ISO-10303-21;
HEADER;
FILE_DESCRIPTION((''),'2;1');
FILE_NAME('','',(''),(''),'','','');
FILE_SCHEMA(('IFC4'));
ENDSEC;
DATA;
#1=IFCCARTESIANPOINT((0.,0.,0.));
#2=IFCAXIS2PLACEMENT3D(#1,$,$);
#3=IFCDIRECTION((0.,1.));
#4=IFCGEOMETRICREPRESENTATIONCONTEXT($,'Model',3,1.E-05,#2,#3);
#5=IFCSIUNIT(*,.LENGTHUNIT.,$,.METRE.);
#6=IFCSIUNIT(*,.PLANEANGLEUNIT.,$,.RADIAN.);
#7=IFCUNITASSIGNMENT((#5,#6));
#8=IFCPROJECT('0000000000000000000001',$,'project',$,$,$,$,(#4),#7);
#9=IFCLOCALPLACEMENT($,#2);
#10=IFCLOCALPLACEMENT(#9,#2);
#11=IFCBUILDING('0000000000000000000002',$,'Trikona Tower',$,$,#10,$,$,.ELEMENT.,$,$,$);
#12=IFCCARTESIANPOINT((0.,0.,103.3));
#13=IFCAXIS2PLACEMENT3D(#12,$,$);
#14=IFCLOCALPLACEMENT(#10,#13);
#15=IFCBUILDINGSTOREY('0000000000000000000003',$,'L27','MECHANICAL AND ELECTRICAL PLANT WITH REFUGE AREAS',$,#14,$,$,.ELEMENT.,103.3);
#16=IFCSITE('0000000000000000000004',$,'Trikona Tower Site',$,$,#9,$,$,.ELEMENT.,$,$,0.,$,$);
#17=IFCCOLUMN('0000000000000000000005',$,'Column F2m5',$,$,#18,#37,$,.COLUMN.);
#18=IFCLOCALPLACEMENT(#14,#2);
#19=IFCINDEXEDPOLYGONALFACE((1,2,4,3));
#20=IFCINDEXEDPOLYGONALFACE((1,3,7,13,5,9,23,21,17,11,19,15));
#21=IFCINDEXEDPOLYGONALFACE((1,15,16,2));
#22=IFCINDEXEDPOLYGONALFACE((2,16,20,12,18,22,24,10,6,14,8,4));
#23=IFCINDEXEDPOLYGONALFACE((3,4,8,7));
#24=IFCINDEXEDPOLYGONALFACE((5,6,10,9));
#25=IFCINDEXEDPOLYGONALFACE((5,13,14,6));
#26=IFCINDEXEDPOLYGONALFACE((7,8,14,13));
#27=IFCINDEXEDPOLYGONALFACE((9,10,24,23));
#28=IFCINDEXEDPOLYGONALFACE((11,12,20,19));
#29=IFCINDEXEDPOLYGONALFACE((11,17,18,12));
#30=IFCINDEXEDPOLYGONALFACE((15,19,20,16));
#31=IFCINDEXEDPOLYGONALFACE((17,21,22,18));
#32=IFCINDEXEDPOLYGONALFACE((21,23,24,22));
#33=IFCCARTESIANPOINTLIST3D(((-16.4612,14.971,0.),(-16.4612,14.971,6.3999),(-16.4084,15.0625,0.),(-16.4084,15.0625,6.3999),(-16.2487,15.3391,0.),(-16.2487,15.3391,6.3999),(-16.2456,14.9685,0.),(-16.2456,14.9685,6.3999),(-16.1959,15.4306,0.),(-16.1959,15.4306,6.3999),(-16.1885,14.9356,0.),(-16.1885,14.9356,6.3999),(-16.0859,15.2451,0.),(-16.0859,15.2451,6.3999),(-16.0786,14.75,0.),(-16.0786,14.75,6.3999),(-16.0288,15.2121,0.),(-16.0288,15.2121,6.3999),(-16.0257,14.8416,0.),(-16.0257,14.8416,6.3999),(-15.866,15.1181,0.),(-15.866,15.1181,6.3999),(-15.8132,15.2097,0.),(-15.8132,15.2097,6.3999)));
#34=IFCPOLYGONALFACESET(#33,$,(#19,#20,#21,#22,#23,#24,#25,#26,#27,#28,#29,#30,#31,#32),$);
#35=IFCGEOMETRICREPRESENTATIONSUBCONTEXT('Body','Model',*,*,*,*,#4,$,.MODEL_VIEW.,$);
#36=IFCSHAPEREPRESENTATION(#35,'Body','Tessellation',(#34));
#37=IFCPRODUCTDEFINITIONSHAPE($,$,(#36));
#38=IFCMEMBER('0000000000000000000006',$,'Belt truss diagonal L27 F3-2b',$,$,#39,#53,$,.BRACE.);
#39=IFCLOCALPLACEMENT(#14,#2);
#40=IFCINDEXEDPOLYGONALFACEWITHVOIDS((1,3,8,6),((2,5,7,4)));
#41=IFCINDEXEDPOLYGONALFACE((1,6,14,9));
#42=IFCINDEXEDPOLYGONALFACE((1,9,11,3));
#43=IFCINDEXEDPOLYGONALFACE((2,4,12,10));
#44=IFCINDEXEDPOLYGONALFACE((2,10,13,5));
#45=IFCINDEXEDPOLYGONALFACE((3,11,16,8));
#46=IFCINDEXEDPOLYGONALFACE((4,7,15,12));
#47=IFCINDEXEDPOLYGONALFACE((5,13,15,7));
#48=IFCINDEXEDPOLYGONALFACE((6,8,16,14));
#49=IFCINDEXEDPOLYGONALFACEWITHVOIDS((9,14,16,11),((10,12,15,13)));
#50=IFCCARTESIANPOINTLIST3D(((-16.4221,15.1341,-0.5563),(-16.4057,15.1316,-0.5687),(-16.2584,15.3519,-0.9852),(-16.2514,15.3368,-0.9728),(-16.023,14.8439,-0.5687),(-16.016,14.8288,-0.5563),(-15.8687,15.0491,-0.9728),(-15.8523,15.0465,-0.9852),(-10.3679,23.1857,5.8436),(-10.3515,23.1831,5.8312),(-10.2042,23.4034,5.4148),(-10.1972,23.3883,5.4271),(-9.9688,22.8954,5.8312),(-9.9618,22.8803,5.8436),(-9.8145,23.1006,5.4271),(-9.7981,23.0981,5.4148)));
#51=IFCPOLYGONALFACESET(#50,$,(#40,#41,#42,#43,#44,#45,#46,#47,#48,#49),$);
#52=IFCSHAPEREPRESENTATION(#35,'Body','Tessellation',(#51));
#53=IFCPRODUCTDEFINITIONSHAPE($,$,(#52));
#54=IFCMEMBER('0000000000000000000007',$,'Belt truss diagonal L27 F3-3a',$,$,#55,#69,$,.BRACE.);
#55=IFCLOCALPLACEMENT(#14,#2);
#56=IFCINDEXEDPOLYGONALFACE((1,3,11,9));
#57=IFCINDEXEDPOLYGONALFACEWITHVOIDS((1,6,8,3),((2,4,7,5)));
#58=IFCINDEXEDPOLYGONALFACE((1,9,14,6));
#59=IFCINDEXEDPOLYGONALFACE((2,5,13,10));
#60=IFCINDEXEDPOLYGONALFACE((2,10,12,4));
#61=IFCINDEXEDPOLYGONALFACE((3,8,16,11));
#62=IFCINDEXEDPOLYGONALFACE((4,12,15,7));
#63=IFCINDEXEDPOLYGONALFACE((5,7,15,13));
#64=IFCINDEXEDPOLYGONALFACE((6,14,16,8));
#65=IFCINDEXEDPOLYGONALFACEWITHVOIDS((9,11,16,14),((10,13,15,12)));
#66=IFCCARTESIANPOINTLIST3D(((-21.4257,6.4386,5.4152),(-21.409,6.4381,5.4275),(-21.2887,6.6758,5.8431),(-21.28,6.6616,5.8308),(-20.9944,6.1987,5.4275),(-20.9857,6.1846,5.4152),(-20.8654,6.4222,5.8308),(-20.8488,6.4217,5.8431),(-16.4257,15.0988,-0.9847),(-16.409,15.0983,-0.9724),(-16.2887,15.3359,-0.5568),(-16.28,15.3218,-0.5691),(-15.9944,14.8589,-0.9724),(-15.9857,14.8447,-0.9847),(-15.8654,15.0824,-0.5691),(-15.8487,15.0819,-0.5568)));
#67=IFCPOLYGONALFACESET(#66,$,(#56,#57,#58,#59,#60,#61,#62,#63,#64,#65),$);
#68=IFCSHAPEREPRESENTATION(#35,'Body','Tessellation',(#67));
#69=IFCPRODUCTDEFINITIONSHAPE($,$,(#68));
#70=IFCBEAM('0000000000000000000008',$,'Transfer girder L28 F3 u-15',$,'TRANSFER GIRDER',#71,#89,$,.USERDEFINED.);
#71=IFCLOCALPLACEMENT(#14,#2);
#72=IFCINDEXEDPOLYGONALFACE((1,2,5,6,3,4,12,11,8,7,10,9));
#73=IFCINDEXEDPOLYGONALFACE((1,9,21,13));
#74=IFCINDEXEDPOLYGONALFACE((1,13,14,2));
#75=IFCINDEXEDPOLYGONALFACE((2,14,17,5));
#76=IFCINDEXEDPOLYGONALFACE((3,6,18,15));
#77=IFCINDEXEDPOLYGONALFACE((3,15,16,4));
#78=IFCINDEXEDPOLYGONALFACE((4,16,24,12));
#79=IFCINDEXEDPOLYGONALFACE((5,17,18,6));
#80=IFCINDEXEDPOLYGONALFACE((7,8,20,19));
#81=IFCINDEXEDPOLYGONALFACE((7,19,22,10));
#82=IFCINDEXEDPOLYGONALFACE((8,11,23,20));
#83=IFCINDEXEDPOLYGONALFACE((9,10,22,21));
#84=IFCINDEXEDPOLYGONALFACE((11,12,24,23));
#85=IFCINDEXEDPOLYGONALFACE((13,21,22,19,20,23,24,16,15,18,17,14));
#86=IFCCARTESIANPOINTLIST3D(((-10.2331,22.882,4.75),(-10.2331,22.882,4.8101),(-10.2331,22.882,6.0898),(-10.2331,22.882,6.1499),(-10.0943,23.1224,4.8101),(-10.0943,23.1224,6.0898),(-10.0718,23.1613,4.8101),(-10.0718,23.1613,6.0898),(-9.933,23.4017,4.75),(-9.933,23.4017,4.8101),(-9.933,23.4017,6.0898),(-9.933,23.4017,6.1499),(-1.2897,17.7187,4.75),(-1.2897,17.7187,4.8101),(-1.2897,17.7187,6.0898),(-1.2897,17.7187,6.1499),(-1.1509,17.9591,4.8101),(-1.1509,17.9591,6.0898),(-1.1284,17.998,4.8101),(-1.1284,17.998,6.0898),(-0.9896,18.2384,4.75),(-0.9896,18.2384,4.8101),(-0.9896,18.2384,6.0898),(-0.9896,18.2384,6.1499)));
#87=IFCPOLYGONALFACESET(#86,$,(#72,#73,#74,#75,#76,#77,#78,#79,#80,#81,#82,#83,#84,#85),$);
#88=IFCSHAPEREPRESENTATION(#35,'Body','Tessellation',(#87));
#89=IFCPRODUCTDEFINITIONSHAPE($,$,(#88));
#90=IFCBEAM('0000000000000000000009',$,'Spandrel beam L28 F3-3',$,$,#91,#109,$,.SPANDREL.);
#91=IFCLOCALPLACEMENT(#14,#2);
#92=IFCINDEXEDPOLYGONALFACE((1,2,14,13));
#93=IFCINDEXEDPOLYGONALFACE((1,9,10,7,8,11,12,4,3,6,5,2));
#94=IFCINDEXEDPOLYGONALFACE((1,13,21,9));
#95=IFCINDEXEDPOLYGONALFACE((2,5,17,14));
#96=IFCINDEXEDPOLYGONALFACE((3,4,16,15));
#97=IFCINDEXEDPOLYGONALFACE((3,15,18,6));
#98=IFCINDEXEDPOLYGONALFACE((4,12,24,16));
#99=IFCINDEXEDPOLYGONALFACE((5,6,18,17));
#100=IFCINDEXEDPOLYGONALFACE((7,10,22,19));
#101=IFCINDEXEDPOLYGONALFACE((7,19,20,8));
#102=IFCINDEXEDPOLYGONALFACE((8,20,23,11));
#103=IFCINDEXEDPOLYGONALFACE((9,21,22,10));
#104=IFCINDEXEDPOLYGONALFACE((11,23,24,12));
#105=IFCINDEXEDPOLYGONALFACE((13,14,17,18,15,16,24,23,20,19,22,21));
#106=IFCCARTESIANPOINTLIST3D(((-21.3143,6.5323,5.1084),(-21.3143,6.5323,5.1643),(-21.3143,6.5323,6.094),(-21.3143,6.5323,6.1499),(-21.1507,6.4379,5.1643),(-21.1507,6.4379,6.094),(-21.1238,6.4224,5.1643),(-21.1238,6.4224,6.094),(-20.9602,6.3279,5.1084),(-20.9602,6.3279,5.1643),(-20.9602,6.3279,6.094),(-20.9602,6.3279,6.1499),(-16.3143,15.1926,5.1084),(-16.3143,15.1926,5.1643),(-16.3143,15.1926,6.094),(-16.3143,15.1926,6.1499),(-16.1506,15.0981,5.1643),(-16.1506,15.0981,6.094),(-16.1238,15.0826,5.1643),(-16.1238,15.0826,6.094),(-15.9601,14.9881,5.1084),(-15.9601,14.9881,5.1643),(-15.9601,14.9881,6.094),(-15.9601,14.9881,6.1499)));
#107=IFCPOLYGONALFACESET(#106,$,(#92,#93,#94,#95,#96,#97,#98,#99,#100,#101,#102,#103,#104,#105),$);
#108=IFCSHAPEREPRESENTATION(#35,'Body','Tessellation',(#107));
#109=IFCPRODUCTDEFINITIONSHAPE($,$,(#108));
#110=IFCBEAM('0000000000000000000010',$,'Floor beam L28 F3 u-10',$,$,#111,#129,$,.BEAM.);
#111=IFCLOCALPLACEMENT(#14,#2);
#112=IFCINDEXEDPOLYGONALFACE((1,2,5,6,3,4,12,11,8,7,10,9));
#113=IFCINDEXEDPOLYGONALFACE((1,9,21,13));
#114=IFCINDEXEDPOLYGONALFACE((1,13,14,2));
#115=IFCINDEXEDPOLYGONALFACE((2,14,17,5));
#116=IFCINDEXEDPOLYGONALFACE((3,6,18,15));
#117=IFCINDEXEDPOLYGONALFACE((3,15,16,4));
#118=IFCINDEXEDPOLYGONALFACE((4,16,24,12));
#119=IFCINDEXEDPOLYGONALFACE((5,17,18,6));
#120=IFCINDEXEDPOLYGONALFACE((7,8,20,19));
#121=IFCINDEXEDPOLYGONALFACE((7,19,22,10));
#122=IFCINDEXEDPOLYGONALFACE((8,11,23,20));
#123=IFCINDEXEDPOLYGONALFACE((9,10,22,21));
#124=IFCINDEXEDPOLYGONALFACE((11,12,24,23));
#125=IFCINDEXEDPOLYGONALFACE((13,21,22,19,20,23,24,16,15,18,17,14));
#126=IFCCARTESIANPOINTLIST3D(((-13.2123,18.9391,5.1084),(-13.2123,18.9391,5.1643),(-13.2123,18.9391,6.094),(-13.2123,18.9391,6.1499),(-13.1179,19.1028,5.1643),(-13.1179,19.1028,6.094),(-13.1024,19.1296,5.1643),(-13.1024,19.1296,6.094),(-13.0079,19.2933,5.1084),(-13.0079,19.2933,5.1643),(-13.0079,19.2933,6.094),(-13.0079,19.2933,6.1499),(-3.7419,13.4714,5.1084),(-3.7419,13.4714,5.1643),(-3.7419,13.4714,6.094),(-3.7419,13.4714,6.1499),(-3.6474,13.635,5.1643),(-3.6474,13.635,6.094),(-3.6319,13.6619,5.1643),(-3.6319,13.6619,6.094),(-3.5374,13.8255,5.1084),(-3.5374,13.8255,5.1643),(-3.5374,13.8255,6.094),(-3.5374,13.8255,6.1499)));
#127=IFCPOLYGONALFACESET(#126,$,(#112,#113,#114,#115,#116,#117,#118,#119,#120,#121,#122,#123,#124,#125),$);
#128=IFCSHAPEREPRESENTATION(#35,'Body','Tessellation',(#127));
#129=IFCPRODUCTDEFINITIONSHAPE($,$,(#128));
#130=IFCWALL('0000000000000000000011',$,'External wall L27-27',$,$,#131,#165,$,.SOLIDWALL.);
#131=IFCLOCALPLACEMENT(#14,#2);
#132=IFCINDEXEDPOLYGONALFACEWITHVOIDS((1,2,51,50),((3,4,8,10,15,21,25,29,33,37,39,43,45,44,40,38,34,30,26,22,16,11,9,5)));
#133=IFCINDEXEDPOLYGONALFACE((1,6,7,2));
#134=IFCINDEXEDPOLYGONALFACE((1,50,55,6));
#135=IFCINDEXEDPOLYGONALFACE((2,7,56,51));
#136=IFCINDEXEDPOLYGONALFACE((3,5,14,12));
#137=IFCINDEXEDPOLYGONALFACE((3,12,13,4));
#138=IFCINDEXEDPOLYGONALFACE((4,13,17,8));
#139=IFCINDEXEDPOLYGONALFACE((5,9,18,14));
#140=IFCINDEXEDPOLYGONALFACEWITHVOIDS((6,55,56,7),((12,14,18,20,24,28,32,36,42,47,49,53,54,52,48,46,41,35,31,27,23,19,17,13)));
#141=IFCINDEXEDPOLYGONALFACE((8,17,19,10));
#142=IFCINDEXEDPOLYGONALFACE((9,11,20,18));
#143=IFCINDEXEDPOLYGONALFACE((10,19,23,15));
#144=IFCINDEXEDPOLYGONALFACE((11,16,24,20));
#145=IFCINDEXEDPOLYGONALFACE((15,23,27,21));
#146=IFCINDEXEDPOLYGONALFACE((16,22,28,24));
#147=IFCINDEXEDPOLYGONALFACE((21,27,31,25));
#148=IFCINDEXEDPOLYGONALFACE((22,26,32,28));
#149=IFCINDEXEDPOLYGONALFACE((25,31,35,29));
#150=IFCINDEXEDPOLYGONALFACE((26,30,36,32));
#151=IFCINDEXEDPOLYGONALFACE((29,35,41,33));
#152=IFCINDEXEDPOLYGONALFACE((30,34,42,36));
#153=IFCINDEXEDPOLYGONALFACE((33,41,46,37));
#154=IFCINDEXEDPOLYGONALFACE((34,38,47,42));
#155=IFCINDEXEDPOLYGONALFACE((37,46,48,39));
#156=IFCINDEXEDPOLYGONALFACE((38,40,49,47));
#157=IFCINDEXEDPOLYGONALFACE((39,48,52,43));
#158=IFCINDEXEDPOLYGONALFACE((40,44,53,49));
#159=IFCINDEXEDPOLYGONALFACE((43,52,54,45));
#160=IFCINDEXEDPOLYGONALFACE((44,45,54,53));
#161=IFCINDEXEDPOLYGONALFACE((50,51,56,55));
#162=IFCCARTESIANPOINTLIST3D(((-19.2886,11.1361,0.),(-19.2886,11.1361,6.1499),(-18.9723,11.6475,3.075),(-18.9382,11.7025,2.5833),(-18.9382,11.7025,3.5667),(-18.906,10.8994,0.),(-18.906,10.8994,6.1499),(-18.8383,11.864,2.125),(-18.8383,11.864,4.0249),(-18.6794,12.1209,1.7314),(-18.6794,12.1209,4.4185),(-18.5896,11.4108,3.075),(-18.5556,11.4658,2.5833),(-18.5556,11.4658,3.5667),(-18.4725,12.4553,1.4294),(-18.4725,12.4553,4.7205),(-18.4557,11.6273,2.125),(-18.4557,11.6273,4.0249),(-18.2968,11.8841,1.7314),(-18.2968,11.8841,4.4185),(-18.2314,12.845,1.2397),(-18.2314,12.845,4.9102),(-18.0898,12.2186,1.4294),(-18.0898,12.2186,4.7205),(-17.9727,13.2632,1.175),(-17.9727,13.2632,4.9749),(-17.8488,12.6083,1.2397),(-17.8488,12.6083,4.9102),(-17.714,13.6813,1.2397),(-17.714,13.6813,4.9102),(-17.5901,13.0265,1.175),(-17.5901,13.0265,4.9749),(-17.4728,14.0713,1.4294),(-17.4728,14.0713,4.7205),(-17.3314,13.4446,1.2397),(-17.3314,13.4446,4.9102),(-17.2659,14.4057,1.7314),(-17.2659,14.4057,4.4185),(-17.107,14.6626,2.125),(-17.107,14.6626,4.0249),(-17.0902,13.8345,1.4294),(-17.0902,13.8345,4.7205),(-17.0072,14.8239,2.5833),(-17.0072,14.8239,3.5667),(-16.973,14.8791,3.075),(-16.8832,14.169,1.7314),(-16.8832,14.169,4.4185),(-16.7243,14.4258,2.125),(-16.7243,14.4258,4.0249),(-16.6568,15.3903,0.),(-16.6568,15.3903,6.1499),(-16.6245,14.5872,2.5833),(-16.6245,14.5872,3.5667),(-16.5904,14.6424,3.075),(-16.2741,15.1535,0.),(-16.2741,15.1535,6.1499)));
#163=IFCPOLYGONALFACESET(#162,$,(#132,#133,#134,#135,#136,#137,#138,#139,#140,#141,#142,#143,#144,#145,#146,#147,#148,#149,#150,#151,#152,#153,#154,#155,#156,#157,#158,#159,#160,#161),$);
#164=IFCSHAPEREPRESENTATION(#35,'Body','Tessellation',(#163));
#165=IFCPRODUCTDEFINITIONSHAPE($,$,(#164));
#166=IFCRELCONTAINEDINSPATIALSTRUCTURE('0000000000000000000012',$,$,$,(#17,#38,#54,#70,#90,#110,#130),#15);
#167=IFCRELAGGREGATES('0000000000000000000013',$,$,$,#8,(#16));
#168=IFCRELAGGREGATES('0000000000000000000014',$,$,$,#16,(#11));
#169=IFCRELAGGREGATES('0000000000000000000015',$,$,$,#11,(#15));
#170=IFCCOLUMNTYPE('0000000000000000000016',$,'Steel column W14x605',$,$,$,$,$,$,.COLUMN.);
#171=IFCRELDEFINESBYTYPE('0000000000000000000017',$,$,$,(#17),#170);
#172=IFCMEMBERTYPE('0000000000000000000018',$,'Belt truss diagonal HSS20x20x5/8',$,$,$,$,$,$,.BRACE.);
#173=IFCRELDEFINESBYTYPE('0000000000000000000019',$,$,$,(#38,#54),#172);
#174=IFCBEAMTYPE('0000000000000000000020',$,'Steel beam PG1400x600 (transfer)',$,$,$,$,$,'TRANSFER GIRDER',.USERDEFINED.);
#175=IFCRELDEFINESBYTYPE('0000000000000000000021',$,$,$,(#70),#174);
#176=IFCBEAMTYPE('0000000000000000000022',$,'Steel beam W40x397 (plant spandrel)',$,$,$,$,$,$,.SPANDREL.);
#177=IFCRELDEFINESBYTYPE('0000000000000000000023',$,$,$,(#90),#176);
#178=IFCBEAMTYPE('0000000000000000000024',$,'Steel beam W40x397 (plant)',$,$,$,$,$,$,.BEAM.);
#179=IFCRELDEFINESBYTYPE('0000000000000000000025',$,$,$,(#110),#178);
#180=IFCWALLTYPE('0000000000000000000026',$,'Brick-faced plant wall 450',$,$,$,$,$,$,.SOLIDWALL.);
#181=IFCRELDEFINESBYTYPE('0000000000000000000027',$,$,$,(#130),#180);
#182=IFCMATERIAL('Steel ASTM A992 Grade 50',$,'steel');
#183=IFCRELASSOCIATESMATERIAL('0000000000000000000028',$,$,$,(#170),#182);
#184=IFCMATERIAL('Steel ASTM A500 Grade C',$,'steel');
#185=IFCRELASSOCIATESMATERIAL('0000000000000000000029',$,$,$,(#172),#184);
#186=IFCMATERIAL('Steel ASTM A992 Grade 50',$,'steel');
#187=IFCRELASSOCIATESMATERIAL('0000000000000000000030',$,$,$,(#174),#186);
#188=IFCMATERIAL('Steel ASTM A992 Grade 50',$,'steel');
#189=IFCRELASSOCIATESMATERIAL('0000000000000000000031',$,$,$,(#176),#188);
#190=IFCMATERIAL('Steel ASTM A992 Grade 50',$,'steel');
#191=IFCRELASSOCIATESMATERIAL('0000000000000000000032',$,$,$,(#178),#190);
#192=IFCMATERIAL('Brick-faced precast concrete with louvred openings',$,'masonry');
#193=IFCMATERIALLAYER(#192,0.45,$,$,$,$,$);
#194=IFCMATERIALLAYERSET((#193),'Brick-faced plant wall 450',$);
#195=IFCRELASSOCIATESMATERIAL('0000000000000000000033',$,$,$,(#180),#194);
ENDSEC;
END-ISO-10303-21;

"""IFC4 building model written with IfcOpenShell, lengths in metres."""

from ifc_helpers import new_model, si_unit, direction, frame, origin, origin_2d, place, context, subcontext, project, spatial, polyline, hollow_rectangle, i_section, outline, extrude, material, layer, layer_set, material_profile, profile_set, type_object, element, save


model = new_model("IFC4")

# Units and contexts
model_context = context("Model", 3, precision=1e-05, world=origin(), true_north=direction((0.0, 1.0)))
body_context = subcontext(model_context, "Body", "Model", "MODEL_VIEW")
ifc_project = project(units=[si_unit("LENGTHUNIT", "METRE"), si_unit("PLANEANGLEUNIT", "RADIAN")], contexts=[model_context])

# Site, building, storey
site_placement = place(None, origin())
site = spatial("IfcSite", under=ifc_project, at=site_placement, Name="Trikona Tower Site", CompositionType="ELEMENT", RefElevation=0.0)
building_placement = place(site_placement, origin())
building = spatial("IfcBuilding", under=site, at=building_placement, Name="Trikona Tower", CompositionType="ELEMENT")
storey_placement = place(building_placement, frame((0.0, 0.0, 103.3)))
storey = spatial("IfcBuildingStorey", under=building, at=storey_placement, Name="L27", Description="MECHANICAL AND ELECTRICAL PLANT WITH REFUGE AREAS", CompositionType="ELEMENT", Elevation=103.3)

# Column
ifc_material_1 = material(Name="Steel ASTM A992 Grade 50", Category="steel")
ifc_material_profile_1 = material_profile(ifc_material_1, i_section(OverallWidth=0.4419, OverallDepth=0.5308, WebThickness=0.0659, FlangeThickness=0.1057, at=origin_2d()), Name="W14X605")
ifc_profile_set_1 = profile_set([ifc_material_profile_1], Name="Steel ASTM A992 Grade 50")
column_type = type_object("IfcColumnType", Name="Steel column W14x605", PredefinedType="COLUMN", material=ifc_profile_set_1)
column_placement = place(storey_placement, frame((-16.1372, 15.0903, 0.0), z_axis=(0.0, 0.0, 1.0), x_axis=(-0.866025, 0.5, 0.0)))
element("IfcColumn", 1, at=column_placement, inside=storey, type_object=column_type, Name="Column F2m5", PredefinedType="COLUMN", context=body_context, shape_type="SweptSolid", body=[
    extrude(i_section(OverallWidth=0.4419, OverallDepth=0.5308, WebThickness=0.0659, FlangeThickness=0.1057, at=origin_2d()), origin(), (0.0, 0.0, 1.0), 6.3999),
])

# Members
ifc_material_2 = material(Name="Steel ASTM A500 Grade C", Category="steel")
ifc_material_profile_2 = material_profile(ifc_material_2, hollow_rectangle(XDim=0.5081, YDim=0.5081, WallThickness=0.0146, at=origin_2d()), Name="HSS20X20X5/8")
ifc_profile_set_2 = profile_set([ifc_material_profile_2], Name="Steel ASTM A500 Grade C")
member_type = type_object("IfcMemberType", Name="Belt truss diagonal HSS20x20x5/8", PredefinedType="BRACE", material=ifc_profile_set_2)
member_1_placement = place(storey_placement, frame((-16.1372, 15.0903, -0.7708), z_axis=(0.507274, 0.674626, 0.53624), x_axis=(-0.799258, 0.600988, 0.0)))
element("IfcMember", 2, at=member_1_placement, inside=storey, type_object=member_type, Name="Belt truss diagonal L27 F3-2b", PredefinedType="BRACE", context=body_context, shape_type="SweptSolid", body=[
    extrude(hollow_rectangle(XDim=0.5081, YDim=0.5081, WallThickness=0.0146, at=origin_2d()), origin(), (0.0, 0.0, 1.0), 11.9348),
])
member_2_placement = place(storey_placement, frame((-16.1372, 15.0903, -0.7708), z_axis=(-0.42114, -0.729428, 0.539051), x_axis=(0.866023, -0.500004, 0.0)))
element("IfcMember", 3, at=member_2_placement, inside=storey, type_object=member_type, Name="Belt truss diagonal L27 F3-3a", PredefinedType="BRACE", context=body_context, shape_type="SweptSolid", body=[
    extrude(hollow_rectangle(XDim=0.5081, YDim=0.5081, WallThickness=0.0146, at=origin_2d()), origin(), (0.0, 0.0, 1.0), 11.8726),
])

# Beams
ifc_material_3 = material(Name="Steel ASTM A992 Grade 50", Category="steel")
ifc_material_profile_3 = material_profile(ifc_material_3, i_section(OverallWidth=0.6001, OverallDepth=1.3999, WebThickness=0.0449, FlangeThickness=0.0601, at=origin_2d()), Name="PG1400X600")
ifc_profile_set_3 = profile_set([ifc_material_profile_3], Name="Steel ASTM A992 Grade 50")
beam_type_1 = type_object("IfcBeamType", Name="Steel beam PG1400x600 (transfer)", ElementType="TRANSFER GIRDER", PredefinedType="USERDEFINED", material=ifc_profile_set_3)
beam_1_placement = place(storey_placement, frame((-1.1396, 17.9785, 5.45), z_axis=(-0.86603, 0.499991, 0.0), x_axis=(-0.499991, -0.86603, 0.0)))
element("IfcBeam", 4, at=beam_1_placement, inside=storey, type_object=beam_type_1, Name="Transfer girder L28 F3 u-15", ObjectType="TRANSFER GIRDER", PredefinedType="USERDEFINED", context=body_context, shape_type="SweptSolid", body=[
    extrude(i_section(OverallWidth=0.6001, OverallDepth=1.3999, WebThickness=0.0449, FlangeThickness=0.0601, at=origin_2d()), origin(), (0.0, 0.0, 1.0), 10.3269),
])
ifc_material_4 = material(Name="Steel ASTM A992 Grade 50", Category="steel")
ifc_material_profile_4 = material_profile(ifc_material_4, i_section(OverallWidth=0.4089, OverallDepth=1.0415, WebThickness=0.031, FlangeThickness=0.0559, at=origin_2d()), Name="W40X397")
ifc_profile_set_4 = profile_set([ifc_material_profile_4], Name="Steel ASTM A992 Grade 50")
beam_type_2 = type_object("IfcBeamType", Name="Steel beam W40x397 (plant spandrel)", PredefinedType="SPANDREL", material=ifc_profile_set_4)
beam_2_placement = place(storey_placement, frame((-16.1372, 15.0903, 5.6292), z_axis=(-0.500004, -0.866023, 0.0), x_axis=(0.866023, -0.500004, 0.0)))
element("IfcBeam", 5, at=beam_2_placement, inside=storey, type_object=beam_type_2, Name="Spandrel beam L28 F3-3", PredefinedType="SPANDREL", context=body_context, shape_type="SweptSolid", body=[
    extrude(i_section(OverallWidth=0.4089, OverallDepth=1.0415, WebThickness=0.031, FlangeThickness=0.0559, at=origin_2d()), origin(), (0.0, 0.0, 1.0), 10.0),
])
ifc_material_5 = material(Name="Steel ASTM A992 Grade 50", Category="steel")
ifc_material_profile_5 = material_profile(ifc_material_5, i_section(OverallWidth=0.4089, OverallDepth=1.0415, WebThickness=0.031, FlangeThickness=0.0559, at=origin_2d()), Name="W40X397")
ifc_profile_set_5 = profile_set([ifc_material_profile_5], Name="Steel ASTM A992 Grade 50")
beam_type_3 = type_object("IfcBeamType", Name="Steel beam W40x397 (plant)", PredefinedType="BEAM", material=ifc_profile_set_5)
beam_3_placement = place(storey_placement, frame((-3.6396, 13.6484, 5.6292), z_axis=(-0.866025, 0.5, 0.0), x_axis=(-0.5, -0.866025, 0.0)))
element("IfcBeam", 6, at=beam_3_placement, inside=storey, type_object=beam_type_3, Name="Floor beam L28 F3 u-10", PredefinedType="BEAM", context=body_context, shape_type="SweptSolid", body=[
    extrude(i_section(OverallWidth=0.4089, OverallDepth=1.0415, WebThickness=0.031, FlangeThickness=0.0559, at=origin_2d()), origin(), (0.0, 0.0, 1.0), 10.9355),
])

# Wall
ifc_material_6 = material(Name="Brick-faced precast concrete with louvred openings", Category="masonry")
ifc_layer_1 = layer(ifc_material_6, 0.45)
ifc_layer_set_1 = layer_set([ifc_layer_1], Name="Brick-faced plant wall 450")
wall_type_1 = type_object("IfcWallType", Name="Brick-faced plant wall 450", PredefinedType="SOLIDWALL", material=ifc_layer_set_1)
wall_1_placement = place(storey_placement, frame((-16.4656, 15.272, 0.0), z_axis=(0.0, 0.0, 1.0), x_axis=(-0.526111, -0.850416, 0.0)))
element("IfcWall", 7, at=wall_1_placement, inside=storey, type_object=wall_type_1, Name="External wall L27-27", PredefinedType="SOLIDWALL", context=body_context, shape_type="SweptSolid", body=[
    extrude(outline(polyline([(0.0, 0.0), (5.0024, 0.0), (5.0024, 6.1499), (0.0, 6.1499), (0.0, 0.0)]), holes=[polyline([(4.4011, 3.075), (4.3364, 3.5667), (4.1465, 4.0249), (3.8445, 4.4185), (3.4512, 4.7205), (2.9929, 4.9102), (2.5012, 4.9749), (2.0095, 4.9102), (1.551, 4.7205), (1.1577, 4.4185), (0.8557, 4.0249), (0.666, 3.5667), (0.6011, 3.075), (0.666, 2.5833), (0.8557, 2.125), (1.1577, 1.7314), (1.551, 1.4294), (2.0095, 1.2397), (2.5012, 1.175), (2.9929, 1.2397), (3.4512, 1.4294), (3.8445, 1.7314), (4.1465, 2.125), (4.3364, 2.5833), (4.4011, 3.075)])]), frame((0.0, 0.2251, 0.0), z_axis=(0.0, -1.0, 0.0), x_axis=(1.0, 0.0, 0.0)), (0.0, 0.0, 1.0), 0.45),
])

save(model, "model.ifc")
